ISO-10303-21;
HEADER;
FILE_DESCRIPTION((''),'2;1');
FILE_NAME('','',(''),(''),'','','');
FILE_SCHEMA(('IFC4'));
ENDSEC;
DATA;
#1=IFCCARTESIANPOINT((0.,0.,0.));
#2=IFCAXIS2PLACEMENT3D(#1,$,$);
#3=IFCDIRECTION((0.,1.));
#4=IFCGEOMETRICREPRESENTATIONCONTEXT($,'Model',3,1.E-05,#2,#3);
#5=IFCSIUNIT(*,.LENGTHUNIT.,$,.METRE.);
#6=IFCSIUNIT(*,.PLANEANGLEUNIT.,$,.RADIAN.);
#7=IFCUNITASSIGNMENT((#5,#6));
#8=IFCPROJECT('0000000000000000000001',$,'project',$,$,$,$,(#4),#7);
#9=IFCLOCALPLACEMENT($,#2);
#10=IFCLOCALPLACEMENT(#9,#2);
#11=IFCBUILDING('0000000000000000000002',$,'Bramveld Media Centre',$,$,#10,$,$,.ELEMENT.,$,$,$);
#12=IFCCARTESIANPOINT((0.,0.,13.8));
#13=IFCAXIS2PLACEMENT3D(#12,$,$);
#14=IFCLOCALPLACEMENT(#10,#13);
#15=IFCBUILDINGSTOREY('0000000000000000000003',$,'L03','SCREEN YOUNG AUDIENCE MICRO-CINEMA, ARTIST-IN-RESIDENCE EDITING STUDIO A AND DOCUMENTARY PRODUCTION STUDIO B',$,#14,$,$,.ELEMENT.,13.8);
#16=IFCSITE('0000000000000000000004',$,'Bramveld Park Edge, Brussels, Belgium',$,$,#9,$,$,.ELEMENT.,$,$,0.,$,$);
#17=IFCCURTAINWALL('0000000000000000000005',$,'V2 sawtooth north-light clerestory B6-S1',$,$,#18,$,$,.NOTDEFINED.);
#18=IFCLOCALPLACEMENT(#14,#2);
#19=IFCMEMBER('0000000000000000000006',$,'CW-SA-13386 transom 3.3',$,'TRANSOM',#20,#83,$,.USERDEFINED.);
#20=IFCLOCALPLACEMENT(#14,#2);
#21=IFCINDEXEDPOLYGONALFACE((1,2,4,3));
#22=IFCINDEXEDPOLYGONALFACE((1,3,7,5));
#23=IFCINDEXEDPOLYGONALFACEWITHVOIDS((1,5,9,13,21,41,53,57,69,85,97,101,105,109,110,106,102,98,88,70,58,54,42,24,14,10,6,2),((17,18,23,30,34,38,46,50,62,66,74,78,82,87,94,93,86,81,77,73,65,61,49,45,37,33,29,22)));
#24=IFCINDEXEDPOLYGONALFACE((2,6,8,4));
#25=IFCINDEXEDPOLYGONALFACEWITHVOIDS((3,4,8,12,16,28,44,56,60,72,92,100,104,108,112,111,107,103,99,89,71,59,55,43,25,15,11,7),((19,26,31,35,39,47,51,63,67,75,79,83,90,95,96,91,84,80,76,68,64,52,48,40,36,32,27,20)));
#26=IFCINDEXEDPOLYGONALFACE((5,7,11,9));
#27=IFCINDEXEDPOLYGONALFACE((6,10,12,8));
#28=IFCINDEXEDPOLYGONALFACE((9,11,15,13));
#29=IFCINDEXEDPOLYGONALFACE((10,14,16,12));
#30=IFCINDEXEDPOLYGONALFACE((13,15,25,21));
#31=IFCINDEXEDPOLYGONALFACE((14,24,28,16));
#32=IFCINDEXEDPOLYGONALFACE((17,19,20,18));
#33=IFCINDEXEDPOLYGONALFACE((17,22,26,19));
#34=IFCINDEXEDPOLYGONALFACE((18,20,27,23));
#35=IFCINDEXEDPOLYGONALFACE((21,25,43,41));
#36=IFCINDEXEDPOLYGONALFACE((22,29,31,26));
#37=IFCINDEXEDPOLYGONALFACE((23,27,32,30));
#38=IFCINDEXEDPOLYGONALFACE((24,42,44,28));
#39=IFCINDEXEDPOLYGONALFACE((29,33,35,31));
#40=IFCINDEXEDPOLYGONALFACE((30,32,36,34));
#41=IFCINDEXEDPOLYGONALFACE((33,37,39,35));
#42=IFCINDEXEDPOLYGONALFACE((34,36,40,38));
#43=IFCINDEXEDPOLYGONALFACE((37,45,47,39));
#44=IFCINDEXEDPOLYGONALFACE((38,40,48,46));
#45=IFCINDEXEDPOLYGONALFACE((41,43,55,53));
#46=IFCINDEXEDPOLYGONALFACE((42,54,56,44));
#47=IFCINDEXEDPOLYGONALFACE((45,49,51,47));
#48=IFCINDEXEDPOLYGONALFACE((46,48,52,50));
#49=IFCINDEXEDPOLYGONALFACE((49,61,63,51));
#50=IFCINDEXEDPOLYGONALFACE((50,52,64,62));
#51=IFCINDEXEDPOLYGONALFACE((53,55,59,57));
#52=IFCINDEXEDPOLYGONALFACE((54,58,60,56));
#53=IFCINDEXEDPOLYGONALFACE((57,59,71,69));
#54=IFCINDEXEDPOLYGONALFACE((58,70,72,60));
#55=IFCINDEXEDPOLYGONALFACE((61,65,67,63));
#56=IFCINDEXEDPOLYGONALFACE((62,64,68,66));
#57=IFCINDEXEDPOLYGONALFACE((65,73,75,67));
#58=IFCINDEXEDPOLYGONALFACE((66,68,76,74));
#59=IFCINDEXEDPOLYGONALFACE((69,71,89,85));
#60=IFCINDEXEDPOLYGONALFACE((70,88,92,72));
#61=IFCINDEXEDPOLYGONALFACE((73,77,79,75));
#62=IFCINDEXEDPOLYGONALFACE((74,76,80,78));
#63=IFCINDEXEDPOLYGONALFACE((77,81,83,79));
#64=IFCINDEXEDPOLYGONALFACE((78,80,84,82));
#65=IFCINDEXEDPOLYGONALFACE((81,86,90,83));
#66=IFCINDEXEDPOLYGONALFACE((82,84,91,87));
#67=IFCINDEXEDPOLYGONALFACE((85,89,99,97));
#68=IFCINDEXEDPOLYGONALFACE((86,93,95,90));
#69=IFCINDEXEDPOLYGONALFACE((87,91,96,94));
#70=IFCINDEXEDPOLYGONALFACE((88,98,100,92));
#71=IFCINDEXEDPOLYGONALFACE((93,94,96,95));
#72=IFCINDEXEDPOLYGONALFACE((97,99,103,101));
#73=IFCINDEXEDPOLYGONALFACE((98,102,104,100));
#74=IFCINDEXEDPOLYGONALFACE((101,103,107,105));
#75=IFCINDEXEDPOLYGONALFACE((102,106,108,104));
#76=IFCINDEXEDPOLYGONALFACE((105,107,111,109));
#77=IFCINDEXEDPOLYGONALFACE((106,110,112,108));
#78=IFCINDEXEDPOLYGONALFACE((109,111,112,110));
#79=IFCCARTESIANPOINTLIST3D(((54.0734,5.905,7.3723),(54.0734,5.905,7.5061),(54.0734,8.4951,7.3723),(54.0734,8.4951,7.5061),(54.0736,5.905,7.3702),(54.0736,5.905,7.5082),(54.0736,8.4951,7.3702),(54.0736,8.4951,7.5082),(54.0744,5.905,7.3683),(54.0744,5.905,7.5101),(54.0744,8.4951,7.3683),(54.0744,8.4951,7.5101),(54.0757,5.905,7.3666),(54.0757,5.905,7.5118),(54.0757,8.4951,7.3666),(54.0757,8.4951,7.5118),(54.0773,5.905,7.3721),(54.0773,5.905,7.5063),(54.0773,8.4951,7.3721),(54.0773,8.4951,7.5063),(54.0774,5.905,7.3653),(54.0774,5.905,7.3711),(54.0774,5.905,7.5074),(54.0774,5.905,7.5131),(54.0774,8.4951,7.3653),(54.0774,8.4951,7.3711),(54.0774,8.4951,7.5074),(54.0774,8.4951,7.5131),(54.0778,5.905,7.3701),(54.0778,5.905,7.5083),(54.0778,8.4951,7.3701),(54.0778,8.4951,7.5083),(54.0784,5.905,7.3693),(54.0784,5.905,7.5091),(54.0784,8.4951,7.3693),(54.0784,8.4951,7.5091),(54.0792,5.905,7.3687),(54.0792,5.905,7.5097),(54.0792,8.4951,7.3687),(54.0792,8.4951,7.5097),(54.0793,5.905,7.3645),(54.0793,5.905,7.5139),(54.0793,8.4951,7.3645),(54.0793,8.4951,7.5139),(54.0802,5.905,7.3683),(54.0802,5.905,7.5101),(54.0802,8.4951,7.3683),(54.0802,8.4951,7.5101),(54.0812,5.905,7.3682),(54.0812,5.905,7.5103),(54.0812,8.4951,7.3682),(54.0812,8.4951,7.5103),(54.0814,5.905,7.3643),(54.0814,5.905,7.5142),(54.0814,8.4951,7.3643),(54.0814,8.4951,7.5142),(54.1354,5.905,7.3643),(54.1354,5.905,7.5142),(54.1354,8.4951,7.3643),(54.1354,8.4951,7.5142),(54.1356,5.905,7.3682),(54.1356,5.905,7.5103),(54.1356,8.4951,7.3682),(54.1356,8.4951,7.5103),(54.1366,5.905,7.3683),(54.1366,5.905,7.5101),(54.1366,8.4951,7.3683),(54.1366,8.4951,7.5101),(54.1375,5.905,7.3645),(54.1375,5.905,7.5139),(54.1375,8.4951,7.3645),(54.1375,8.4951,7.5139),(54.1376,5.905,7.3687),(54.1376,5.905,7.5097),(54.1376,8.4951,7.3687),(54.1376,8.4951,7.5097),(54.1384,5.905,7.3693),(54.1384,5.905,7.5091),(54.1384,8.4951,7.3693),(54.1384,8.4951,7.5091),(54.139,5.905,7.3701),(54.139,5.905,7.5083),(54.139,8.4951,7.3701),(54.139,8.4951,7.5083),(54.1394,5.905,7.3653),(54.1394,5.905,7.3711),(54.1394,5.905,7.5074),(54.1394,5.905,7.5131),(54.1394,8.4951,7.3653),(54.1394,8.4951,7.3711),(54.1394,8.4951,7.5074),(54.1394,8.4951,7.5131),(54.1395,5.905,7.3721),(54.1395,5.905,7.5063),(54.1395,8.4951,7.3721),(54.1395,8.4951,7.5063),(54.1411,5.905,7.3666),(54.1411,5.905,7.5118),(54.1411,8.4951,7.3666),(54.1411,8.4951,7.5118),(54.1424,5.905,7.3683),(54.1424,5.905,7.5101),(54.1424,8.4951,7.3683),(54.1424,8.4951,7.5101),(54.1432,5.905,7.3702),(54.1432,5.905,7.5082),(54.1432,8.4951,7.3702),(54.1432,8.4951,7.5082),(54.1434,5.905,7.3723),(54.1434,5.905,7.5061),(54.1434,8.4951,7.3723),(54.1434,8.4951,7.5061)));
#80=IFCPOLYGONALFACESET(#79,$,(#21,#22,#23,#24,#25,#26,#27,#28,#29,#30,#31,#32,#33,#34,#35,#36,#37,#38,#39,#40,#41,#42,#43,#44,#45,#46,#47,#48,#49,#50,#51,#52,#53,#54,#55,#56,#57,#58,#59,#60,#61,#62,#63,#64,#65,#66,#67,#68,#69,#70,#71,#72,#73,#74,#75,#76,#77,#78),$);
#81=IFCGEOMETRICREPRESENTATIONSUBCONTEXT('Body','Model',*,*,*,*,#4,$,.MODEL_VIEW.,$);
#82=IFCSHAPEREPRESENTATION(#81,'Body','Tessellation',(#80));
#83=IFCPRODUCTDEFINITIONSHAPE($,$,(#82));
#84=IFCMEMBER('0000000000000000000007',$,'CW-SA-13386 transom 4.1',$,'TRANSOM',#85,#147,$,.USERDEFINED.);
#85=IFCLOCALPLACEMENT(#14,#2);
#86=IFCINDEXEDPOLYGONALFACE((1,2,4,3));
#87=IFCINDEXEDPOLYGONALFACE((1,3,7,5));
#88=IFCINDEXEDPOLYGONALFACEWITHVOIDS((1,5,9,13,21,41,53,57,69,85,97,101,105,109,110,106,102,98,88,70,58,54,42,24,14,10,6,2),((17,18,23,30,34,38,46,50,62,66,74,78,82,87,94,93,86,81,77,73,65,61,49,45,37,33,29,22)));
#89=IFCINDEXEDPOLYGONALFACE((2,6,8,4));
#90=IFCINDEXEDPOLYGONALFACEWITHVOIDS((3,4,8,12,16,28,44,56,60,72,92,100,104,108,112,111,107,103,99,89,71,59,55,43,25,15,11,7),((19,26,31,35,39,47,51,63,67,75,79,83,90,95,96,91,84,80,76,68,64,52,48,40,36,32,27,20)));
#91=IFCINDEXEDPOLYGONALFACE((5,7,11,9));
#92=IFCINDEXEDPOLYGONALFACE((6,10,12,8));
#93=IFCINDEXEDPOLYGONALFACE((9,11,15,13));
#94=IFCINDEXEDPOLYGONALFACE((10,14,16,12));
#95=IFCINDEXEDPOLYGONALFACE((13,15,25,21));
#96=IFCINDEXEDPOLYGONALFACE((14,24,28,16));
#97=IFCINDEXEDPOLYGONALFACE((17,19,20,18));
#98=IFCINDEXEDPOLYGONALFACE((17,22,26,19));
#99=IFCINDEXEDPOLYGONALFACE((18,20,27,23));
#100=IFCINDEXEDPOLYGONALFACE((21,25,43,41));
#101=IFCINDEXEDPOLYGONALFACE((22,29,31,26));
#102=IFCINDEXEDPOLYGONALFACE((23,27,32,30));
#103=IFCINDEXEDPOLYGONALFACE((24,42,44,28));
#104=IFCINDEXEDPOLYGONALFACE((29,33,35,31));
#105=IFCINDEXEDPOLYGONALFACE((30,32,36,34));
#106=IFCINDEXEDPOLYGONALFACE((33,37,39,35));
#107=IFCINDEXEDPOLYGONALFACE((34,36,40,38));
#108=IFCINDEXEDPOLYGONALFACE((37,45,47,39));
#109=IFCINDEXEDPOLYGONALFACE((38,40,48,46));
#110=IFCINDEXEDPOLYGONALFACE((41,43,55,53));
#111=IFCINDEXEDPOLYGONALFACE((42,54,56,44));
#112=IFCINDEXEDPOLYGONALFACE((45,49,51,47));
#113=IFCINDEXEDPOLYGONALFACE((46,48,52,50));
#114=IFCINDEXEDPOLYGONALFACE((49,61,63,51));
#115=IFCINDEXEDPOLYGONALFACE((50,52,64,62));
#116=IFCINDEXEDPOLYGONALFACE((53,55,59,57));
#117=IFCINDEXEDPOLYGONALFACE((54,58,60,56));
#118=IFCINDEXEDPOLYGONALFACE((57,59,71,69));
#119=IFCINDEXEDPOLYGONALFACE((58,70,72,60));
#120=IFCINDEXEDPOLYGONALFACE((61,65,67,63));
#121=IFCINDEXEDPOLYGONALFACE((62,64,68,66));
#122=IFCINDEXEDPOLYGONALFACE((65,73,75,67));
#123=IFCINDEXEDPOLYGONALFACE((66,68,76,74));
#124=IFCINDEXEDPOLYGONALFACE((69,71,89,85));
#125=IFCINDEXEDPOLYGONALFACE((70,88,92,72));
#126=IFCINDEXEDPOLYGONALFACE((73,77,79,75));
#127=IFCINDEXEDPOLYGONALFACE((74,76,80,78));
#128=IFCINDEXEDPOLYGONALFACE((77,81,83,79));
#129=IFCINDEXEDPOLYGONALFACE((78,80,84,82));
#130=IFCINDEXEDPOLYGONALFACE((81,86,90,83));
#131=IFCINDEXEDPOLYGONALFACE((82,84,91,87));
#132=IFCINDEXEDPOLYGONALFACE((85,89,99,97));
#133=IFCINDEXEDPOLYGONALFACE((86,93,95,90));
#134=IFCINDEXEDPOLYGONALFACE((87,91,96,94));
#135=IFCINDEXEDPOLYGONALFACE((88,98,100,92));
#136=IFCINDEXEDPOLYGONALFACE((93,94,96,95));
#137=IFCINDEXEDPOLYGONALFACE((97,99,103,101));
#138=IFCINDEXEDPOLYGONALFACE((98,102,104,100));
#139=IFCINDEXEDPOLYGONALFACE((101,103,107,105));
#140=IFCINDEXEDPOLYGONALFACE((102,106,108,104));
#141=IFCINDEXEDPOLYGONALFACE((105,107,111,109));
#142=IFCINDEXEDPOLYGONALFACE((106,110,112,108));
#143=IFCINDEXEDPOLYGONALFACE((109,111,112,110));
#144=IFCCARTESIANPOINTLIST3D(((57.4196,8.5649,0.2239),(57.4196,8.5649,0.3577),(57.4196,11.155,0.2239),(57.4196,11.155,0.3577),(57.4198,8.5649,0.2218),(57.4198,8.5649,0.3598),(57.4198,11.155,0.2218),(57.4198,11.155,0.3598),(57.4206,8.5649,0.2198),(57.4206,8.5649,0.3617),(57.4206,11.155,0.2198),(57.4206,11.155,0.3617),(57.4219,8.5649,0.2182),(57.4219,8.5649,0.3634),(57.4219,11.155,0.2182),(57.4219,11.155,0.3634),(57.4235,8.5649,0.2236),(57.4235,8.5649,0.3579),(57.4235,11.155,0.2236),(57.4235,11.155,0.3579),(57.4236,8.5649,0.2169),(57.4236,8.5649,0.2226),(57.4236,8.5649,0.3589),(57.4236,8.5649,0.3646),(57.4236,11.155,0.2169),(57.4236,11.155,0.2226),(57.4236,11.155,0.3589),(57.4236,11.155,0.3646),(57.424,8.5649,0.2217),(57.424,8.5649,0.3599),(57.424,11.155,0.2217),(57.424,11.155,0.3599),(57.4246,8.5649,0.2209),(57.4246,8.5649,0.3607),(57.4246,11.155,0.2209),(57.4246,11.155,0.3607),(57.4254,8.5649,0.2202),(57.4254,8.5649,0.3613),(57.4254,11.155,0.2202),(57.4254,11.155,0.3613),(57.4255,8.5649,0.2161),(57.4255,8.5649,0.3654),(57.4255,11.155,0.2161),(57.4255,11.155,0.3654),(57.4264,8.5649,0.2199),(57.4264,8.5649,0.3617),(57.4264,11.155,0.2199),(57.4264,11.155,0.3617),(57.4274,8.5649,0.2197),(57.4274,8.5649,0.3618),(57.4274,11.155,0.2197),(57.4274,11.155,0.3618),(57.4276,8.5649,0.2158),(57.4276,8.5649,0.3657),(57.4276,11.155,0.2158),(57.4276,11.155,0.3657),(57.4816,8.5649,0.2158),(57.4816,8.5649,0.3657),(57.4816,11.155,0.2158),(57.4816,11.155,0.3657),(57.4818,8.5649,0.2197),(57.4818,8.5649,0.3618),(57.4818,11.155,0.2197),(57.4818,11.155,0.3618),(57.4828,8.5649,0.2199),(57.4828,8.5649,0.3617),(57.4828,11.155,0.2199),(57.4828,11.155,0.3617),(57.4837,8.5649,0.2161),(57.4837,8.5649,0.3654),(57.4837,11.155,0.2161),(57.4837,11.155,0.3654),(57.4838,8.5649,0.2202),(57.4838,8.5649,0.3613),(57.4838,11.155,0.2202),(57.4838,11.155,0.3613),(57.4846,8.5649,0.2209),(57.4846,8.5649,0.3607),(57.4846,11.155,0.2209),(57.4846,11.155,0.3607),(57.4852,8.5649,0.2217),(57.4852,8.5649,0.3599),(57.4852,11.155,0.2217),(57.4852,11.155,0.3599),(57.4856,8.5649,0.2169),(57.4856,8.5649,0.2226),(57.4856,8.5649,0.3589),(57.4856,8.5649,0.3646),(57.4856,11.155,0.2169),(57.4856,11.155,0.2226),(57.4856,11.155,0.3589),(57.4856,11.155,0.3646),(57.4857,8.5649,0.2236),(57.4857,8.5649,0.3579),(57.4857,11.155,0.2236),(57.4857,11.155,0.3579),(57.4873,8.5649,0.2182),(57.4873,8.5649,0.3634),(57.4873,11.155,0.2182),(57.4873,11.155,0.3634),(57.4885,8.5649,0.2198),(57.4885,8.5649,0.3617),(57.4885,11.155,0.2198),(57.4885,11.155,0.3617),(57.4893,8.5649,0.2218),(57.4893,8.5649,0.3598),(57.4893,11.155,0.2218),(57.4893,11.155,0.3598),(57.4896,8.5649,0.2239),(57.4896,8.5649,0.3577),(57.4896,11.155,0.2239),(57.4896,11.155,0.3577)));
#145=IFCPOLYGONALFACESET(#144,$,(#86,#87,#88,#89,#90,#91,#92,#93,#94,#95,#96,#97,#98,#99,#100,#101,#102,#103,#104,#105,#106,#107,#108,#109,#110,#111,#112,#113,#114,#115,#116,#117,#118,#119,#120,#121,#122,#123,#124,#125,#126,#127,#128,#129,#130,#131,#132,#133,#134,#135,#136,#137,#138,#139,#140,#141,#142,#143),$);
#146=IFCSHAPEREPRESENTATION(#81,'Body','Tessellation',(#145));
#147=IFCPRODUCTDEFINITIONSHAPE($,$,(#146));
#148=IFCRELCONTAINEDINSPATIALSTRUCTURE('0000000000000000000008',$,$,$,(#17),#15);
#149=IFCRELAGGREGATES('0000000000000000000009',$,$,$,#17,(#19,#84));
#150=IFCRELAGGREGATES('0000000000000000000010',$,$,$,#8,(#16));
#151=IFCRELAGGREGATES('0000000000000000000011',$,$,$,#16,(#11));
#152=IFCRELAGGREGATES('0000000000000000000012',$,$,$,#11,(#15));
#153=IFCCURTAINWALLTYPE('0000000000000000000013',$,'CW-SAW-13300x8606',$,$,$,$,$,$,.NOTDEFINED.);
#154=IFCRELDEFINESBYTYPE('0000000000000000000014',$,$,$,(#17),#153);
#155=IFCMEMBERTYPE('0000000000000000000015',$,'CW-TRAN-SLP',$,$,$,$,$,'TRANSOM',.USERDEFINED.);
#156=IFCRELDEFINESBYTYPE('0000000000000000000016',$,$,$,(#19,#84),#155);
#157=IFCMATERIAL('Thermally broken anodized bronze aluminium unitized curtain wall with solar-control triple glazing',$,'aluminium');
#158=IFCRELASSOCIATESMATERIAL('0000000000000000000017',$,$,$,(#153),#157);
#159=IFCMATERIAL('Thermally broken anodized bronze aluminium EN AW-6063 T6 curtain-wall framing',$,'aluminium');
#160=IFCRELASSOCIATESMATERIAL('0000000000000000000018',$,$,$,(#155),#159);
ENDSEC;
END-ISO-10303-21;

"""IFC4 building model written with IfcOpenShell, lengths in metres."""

from ifc_helpers import new_model, si_unit, direction, frame, origin, origin_2d, place, context, subcontext, project, spatial, hollow_rectangle, extrude, material, material_profile, profile_set, type_object, element, aggregate, save


model = new_model("IFC4")

# Units and contexts
model_context = context("Model", 3, precision=1e-05, world=origin(), true_north=direction((0.0, 1.0)))
body_context = subcontext(model_context, "Body", "Model", "MODEL_VIEW")
ifc_project = project(units=[si_unit("LENGTHUNIT", "METRE"), si_unit("PLANEANGLEUNIT", "RADIAN")], contexts=[model_context])

# Site, building, storey
site_placement = place(None, origin())
site = spatial("IfcSite", under=ifc_project, at=site_placement, Name="Bramveld Park Edge, Brussels, Belgium", CompositionType="ELEMENT", RefElevation=0.0)
building_placement = place(site_placement, origin())
building = spatial("IfcBuilding", under=site, at=building_placement, Name="Bramveld Media Centre", CompositionType="ELEMENT")
storey_placement = place(building_placement, frame((0.0, 0.0, 13.8)))
storey = spatial("IfcBuildingStorey", under=building, at=storey_placement, Name="L03", Description="SCREEN YOUNG AUDIENCE MICRO-CINEMA, ARTIST-IN-RESIDENCE EDITING STUDIO A AND DOCUMENTARY PRODUCTION STUDIO B", CompositionType="ELEMENT", Elevation=13.8)

# Curtain wall, members
ifc_material_1 = material(Name="Thermally broken anodized bronze aluminium unitized curtain wall with solar-control triple glazing", Category="aluminium")
curtain_wall_type = type_object("IfcCurtainWallType", Name="CW-SAW-13300x8606", PredefinedType="NOTDEFINED", material=ifc_material_1)
curtain_wall_placement = place(storey_placement, origin())
curtain_wall = element("IfcCurtainWall", 1, at=curtain_wall_placement, inside=storey, type_object=curtain_wall_type, Name="V2 sawtooth north-light clerestory B6-S1", PredefinedType="NOTDEFINED")
ifc_material_2 = material(Name="Thermally broken anodized bronze aluminium EN AW-6063 T6 curtain-wall framing", Category="aluminium")
ifc_material_profile_1 = material_profile(ifc_material_2, hollow_rectangle(XDim=0.0701, YDim=0.1499, WallThickness=0.0039, InnerFilletRadius=0.0039, OuterFilletRadius=0.0081, at=origin_2d()), Name="AL-TRAN 70x150")
ifc_profile_set_1 = profile_set([ifc_material_profile_1], Name="Thermally broken anodized bronze aluminium EN AW-6063 T6 curtain-wall framing")
member_type_1 = type_object("IfcMemberType", Name="CW-TRAN-SLP", ElementType="TRANSOM", PredefinedType="USERDEFINED", material=ifc_profile_set_1)
member_1_placement = place(storey_placement, frame((54.1084, 5.905, 7.4392), z_axis=(0.0, 1.0, 0.0), x_axis=(-1.0, 0.0, 0.0)))
member_1 = element("IfcMember", 2, at=member_1_placement, type_object=member_type_1, Name="CW-SA-13386 transom 3.3", ObjectType="TRANSOM", PredefinedType="USERDEFINED", context=body_context, shape_type="SweptSolid", body=[
    extrude(hollow_rectangle(XDim=0.0701, YDim=0.1499, WallThickness=0.0039, InnerFilletRadius=0.0039, OuterFilletRadius=0.0081, at=origin_2d()), origin(), (0.0, 0.0, 1.0), 2.5901),
])
member_2_placement = place(storey_placement, frame((57.4546, 8.5649, 0.2908), z_axis=(0.0, 1.0, 0.0), x_axis=(-1.0, 0.0, 0.0)))
member_2 = element("IfcMember", 3, at=member_2_placement, type_object=member_type_1, Name="CW-SA-13386 transom 4.1", ObjectType="TRANSOM", PredefinedType="USERDEFINED", context=body_context, shape_type="SweptSolid", body=[
    extrude(hollow_rectangle(XDim=0.0701, YDim=0.1499, WallThickness=0.0039, InnerFilletRadius=0.0039, OuterFilletRadius=0.0081, at=origin_2d()), origin(), (0.0, 0.0, 1.0), 2.5901),
])

aggregate(curtain_wall, [member_1, member_2])

save(model, "model.ifc")
